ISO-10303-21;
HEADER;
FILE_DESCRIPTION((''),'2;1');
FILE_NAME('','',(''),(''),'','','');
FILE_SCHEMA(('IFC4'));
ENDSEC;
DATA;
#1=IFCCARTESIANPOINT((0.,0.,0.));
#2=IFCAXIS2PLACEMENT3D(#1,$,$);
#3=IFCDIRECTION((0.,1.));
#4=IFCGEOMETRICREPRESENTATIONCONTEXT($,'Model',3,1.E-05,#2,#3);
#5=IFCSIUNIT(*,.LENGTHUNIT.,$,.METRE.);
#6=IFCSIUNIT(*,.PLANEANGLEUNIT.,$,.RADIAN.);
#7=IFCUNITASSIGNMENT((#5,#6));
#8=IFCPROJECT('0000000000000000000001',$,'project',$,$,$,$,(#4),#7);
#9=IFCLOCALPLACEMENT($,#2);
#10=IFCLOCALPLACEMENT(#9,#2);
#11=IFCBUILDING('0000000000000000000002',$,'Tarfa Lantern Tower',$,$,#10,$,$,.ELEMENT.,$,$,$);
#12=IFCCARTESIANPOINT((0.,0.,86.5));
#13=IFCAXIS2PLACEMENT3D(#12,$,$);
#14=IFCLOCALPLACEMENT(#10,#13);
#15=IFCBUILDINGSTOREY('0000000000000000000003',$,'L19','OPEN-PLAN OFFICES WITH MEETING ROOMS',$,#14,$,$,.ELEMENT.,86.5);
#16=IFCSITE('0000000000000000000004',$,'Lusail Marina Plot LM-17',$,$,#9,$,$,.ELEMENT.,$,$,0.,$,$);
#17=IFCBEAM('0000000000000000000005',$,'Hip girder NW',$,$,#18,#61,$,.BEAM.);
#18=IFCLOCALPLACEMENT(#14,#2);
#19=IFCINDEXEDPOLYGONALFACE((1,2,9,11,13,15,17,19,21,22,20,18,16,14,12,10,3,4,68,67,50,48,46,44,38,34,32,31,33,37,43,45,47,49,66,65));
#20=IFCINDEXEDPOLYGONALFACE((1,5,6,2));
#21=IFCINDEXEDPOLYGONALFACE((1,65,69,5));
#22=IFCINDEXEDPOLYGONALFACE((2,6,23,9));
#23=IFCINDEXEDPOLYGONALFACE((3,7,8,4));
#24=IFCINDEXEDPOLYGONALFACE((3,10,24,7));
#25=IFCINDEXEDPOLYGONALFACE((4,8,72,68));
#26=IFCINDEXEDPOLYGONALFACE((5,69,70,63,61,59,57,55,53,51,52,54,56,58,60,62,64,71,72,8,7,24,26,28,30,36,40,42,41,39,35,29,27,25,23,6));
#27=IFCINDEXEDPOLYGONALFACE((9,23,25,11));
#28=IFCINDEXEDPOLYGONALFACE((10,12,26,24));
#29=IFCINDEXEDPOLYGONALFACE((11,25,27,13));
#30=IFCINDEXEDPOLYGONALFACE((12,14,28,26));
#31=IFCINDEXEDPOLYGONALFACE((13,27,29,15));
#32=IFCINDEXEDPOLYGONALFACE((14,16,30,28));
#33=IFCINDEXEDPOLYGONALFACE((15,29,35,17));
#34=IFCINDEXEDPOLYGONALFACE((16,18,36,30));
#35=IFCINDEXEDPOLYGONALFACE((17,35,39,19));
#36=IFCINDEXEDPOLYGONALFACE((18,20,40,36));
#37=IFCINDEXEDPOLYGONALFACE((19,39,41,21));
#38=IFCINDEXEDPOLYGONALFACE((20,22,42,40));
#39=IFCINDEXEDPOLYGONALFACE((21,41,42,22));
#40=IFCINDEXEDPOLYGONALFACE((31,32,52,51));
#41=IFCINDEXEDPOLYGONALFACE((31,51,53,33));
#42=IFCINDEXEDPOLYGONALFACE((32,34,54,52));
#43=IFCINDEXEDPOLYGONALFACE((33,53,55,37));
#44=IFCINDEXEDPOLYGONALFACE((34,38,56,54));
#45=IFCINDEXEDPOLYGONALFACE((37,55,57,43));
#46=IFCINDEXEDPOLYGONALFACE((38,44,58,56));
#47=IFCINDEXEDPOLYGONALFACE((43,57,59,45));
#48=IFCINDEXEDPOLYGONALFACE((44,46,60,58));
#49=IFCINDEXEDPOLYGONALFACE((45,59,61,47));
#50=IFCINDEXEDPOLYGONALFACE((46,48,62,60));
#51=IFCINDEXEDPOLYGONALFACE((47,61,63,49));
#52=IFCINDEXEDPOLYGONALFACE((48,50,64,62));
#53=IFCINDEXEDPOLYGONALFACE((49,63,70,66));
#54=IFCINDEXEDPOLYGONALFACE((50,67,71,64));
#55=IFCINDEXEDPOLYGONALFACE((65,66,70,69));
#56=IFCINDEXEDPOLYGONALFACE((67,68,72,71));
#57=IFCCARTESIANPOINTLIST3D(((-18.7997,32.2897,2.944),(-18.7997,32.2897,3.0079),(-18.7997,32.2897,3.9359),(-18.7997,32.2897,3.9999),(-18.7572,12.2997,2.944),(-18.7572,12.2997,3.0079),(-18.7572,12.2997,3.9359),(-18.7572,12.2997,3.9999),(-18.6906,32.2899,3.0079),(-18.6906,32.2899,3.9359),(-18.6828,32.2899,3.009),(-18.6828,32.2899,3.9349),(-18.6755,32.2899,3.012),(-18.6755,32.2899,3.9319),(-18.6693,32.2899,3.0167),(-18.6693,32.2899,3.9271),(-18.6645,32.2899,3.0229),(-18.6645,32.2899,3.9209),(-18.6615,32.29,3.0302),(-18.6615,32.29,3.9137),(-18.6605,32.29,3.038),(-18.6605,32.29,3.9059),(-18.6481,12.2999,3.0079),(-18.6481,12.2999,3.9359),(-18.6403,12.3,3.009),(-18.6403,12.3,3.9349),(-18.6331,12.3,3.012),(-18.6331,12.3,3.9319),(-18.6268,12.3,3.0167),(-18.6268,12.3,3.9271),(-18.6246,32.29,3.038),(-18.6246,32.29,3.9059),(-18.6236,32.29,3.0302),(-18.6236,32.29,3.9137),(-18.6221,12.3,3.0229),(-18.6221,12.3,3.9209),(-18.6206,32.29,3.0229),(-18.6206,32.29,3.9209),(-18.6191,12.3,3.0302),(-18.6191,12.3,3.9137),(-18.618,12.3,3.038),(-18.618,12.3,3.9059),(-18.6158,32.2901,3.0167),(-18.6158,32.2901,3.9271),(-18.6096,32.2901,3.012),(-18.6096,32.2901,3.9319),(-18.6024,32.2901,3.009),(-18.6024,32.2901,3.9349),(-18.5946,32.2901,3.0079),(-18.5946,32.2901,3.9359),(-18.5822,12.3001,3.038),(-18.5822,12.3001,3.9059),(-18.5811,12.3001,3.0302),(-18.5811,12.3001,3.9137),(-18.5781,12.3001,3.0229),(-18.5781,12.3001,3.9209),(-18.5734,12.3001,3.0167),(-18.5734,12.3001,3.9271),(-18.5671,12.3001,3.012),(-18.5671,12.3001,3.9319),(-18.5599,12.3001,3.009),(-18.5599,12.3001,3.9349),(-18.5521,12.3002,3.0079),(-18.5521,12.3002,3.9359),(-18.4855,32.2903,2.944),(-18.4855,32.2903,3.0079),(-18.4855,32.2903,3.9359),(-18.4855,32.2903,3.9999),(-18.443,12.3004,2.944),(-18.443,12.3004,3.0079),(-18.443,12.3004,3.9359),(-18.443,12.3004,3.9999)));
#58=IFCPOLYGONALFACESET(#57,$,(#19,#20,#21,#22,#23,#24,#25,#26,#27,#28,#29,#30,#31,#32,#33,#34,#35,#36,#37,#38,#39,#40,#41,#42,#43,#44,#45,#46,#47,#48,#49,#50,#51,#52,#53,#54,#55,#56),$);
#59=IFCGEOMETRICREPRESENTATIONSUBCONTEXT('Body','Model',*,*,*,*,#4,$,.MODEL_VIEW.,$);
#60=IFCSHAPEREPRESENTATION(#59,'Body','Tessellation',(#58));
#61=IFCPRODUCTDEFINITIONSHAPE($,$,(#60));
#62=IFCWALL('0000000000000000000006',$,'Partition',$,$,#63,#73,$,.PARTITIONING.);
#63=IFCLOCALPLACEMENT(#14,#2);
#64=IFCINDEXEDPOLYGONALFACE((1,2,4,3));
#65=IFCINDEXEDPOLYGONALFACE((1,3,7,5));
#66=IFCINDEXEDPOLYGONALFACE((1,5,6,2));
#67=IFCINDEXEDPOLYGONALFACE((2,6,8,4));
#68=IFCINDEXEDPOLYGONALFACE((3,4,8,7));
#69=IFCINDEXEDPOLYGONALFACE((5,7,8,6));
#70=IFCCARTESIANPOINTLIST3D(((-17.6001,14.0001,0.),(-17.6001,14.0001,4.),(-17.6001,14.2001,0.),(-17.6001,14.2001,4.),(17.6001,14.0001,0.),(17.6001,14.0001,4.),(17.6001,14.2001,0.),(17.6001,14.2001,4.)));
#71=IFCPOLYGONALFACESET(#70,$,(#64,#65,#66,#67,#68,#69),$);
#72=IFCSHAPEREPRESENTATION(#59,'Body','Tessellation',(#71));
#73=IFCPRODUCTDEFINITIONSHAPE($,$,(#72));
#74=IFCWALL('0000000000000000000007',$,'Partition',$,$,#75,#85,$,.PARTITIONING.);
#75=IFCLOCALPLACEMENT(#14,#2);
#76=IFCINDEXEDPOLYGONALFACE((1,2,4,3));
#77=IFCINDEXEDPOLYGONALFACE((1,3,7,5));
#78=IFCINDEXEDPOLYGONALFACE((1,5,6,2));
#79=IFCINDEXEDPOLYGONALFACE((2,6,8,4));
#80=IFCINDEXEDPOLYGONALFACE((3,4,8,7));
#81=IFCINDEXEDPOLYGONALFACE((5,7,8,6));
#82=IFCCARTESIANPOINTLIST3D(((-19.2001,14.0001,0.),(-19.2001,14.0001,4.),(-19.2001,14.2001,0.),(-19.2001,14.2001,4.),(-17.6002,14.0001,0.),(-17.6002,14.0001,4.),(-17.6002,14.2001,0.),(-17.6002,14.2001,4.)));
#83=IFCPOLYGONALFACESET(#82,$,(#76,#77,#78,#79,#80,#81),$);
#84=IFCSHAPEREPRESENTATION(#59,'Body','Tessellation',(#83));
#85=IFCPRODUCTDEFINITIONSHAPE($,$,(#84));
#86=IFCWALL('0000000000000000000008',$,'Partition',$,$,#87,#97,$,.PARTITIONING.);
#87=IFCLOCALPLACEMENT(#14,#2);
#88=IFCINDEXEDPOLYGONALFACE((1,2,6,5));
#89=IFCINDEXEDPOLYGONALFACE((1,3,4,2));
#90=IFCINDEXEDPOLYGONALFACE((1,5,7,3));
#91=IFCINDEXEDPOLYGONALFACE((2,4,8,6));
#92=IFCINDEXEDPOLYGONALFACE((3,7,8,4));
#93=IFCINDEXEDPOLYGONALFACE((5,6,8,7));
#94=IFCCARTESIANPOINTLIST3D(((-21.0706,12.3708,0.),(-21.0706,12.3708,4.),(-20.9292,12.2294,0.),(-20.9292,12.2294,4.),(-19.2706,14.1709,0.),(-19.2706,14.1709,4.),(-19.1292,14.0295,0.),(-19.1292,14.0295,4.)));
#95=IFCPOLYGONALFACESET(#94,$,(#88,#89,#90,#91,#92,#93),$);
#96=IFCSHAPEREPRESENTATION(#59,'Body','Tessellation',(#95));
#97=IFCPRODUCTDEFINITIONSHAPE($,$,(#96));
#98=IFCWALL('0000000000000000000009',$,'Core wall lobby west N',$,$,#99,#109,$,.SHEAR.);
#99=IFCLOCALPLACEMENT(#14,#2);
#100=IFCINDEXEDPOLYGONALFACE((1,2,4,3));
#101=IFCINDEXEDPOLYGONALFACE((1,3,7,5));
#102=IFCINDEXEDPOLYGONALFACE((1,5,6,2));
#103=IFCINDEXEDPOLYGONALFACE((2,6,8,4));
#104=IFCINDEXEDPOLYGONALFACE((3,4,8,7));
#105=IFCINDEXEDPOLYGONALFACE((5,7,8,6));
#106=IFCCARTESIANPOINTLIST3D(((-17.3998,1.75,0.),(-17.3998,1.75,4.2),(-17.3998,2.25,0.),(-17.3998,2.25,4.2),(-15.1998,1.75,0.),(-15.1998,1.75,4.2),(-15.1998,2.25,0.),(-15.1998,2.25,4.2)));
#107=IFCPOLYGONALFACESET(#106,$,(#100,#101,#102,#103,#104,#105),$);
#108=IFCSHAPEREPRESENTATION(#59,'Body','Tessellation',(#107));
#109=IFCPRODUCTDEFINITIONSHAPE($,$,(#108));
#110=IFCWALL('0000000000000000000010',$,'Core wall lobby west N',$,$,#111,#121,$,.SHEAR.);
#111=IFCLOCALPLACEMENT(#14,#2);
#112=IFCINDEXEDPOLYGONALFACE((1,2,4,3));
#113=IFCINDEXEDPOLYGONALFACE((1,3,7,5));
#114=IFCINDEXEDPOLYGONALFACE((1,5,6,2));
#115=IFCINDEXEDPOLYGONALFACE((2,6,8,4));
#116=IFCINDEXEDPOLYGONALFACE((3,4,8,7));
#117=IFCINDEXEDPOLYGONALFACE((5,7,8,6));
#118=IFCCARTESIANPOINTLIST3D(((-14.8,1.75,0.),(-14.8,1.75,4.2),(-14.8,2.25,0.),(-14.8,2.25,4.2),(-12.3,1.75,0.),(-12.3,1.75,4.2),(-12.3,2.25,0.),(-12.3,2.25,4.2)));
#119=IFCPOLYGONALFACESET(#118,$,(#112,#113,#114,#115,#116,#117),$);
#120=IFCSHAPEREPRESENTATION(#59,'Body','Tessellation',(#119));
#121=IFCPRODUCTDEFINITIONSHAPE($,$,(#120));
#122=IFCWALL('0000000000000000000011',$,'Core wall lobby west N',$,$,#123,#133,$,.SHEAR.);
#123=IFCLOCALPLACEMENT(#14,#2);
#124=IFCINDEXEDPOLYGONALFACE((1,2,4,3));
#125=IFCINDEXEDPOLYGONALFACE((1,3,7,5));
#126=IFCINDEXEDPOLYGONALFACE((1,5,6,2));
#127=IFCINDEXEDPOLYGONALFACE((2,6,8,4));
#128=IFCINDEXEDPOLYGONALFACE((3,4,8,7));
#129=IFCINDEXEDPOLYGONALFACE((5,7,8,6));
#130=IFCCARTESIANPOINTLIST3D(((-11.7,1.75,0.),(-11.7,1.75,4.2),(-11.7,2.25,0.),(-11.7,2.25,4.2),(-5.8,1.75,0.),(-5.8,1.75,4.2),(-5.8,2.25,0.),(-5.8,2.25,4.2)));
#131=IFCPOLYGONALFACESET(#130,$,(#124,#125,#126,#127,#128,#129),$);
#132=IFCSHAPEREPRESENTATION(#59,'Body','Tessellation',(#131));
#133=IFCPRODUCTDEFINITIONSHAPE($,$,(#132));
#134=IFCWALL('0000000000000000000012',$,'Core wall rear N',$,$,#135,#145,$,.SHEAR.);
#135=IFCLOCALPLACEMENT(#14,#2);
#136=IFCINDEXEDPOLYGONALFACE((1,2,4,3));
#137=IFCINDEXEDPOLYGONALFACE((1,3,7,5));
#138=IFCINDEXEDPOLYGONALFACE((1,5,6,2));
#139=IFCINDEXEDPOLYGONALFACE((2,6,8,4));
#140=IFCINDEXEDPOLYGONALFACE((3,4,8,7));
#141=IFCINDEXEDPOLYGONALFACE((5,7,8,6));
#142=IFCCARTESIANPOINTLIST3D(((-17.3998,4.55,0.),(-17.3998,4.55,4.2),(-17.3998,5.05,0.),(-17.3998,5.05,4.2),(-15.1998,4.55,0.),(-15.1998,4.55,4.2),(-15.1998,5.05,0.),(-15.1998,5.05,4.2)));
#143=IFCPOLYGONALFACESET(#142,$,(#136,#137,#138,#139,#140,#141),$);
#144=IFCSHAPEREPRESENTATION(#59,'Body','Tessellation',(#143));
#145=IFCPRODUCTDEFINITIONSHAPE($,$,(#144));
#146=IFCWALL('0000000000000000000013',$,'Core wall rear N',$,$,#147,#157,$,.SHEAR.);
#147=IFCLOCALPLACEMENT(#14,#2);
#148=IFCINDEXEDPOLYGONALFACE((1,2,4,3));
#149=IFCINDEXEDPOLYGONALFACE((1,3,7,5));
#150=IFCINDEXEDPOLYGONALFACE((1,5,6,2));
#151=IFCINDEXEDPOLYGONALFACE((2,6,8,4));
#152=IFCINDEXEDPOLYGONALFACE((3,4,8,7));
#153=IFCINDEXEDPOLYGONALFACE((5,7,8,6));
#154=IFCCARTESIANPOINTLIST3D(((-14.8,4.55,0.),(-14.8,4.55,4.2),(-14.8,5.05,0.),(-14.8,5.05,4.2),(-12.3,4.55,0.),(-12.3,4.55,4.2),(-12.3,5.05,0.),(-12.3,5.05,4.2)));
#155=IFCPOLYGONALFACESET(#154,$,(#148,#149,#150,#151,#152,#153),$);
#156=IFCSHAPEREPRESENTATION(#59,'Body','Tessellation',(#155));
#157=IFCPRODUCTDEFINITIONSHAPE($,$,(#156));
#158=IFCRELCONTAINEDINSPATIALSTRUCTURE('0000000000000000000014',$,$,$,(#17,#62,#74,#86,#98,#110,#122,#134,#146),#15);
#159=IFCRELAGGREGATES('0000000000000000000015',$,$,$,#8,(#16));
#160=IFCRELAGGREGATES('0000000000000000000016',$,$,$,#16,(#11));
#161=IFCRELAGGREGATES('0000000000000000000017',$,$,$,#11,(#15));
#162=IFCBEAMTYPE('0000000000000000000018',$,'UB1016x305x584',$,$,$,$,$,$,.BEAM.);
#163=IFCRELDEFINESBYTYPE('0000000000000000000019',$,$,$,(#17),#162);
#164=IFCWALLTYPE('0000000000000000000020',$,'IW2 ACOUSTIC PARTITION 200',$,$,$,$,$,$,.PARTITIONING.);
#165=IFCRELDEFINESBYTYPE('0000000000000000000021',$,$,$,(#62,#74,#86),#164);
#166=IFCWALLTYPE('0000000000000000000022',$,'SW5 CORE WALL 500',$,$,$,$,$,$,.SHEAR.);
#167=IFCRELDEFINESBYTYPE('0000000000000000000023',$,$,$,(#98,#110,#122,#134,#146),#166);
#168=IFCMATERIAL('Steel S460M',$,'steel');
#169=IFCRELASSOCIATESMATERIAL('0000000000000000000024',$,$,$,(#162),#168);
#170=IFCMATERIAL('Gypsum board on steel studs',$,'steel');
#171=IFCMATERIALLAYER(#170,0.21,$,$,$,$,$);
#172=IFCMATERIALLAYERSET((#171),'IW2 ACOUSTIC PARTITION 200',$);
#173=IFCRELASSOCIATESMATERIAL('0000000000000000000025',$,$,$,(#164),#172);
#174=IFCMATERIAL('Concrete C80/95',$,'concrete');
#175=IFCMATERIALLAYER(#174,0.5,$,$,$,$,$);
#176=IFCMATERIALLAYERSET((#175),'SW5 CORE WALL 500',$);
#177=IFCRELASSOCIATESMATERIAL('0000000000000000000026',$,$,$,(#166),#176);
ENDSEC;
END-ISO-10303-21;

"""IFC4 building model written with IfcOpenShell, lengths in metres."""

from ifc_helpers import new_model, si_unit, direction, frame, frame_2d, origin, origin_2d, place, context, subcontext, project, spatial, rectangle, i_section, extrude, material, layer, layer_set, material_profile, profile_set, type_object, element, save


model = new_model("IFC4")

# Units and contexts
model_context = context("Model", 3, precision=1e-05, world=origin(), true_north=direction((0.0, 1.0)))
body_context = subcontext(model_context, "Body", "Model", "MODEL_VIEW")
ifc_project = project(units=[si_unit("LENGTHUNIT", "METRE"), si_unit("PLANEANGLEUNIT", "RADIAN")], contexts=[model_context])

# Site, building, storey
site_placement = place(None, origin())
site = spatial("IfcSite", under=ifc_project, at=site_placement, Name="Lusail Marina Plot LM-17", CompositionType="ELEMENT", RefElevation=0.0)
building_placement = place(site_placement, origin())
building = spatial("IfcBuilding", under=site, at=building_placement, Name="Tarfa Lantern Tower", CompositionType="ELEMENT")
storey_placement = place(building_placement, frame((0.0, 0.0, 86.5)))
storey = spatial("IfcBuildingStorey", under=building, at=storey_placement, Name="L19", Description="OPEN-PLAN OFFICES WITH MEETING ROOMS", CompositionType="ELEMENT", Elevation=86.5)

# Beam
ifc_material_1 = material(Name="Steel S460M", Category="steel")
ifc_material_profile = material_profile(ifc_material_1, i_section(OverallWidth=0.3142, OverallDepth=1.0559, WebThickness=0.0359, FlangeThickness=0.064, FilletRadius=0.03, at=origin_2d()), Name="UB1016x305x584")
ifc_profile_set = profile_set([ifc_material_profile], Name="Steel S460M")
beam_type = type_object("IfcBeamType", Name="UB1016x305x584", PredefinedType="BEAM", material=ifc_profile_set)
beam_placement = place(storey_placement, frame((-18.6001, 12.3, 3.4719), z_axis=(-0.002125, 0.999998, 0.0), x_axis=(-0.999998, -0.002125, 0.0)))
element("IfcBeam", 1, at=beam_placement, inside=storey, type_object=beam_type, Name="Hip girder NW", PredefinedType="BEAM", context=body_context, shape_type="SweptSolid", body=[
    extrude(i_section(OverallWidth=0.3142, OverallDepth=1.0559, WebThickness=0.0359, FlangeThickness=0.064, FilletRadius=0.03, at=origin_2d()), origin(), (0.0, 0.0, 1.0), 19.99),
])

# Walls
ifc_material_2 = material(Name="Gypsum board on steel studs", Category="steel")
ifc_layer_1 = layer(ifc_material_2, 0.21)
ifc_layer_set_1 = layer_set([ifc_layer_1], Name="IW2 ACOUSTIC PARTITION 200")
wall_type_1 = type_object("IfcWallType", Name="IW2 ACOUSTIC PARTITION 200", PredefinedType="PARTITIONING", material=ifc_layer_set_1)
wall_1_placement = place(storey_placement, frame((-17.6001, 14.1001, 0.0), z_axis=(0.0, 0.0, 1.0), x_axis=(1.0, 0.0, 0.0)))
element("IfcWall", 2, at=wall_1_placement, inside=storey, type_object=wall_type_1, Name="Partition", PredefinedType="PARTITIONING", context=body_context, shape_type="SweptSolid", body=[
    extrude(rectangle(XDim=35.2002, YDim=0.2, at=frame_2d((17.6001, 0.0))), origin(), (0.0, 0.0, 1.0), 4.0),
])
wall_2_placement = place(storey_placement, frame((-19.2, 14.1001, 0.0), z_axis=(0.0, 0.0, 1.0), x_axis=(1.0, 0.0, 0.0)))
element("IfcWall", 3, at=wall_2_placement, inside=storey, type_object=wall_type_1, Name="Partition", PredefinedType="PARTITIONING", context=body_context, shape_type="SweptSolid", body=[
    extrude(rectangle(XDim=1.5999, YDim=0.2, at=frame_2d((0.7998, 0.0))), origin(), (0.0, 0.0, 1.0), 4.0),
])
wall_3_placement = place(storey_placement, frame((-21.0, 12.3, 0.0), z_axis=(0.0, 0.0, 1.0), x_axis=(0.707107, 0.707107, 0.0)))
element("IfcWall", 4, at=wall_3_placement, inside=storey, type_object=wall_type_1, Name="Partition", PredefinedType="PARTITIONING", context=body_context, shape_type="SweptSolid", body=[
    extrude(rectangle(XDim=2.5457, YDim=0.2, at=frame_2d((1.2729, 0.0))), origin(), (0.0, 0.0, 1.0), 4.0),
])

# Shared definitions
ifc_material_3 = material(Name="Concrete C80/95", Category="concrete")

# Walls
ifc_layer_2 = layer(ifc_material_3, 0.5)
ifc_layer_set_2 = layer_set([ifc_layer_2], Name="SW5 CORE WALL 500")
wall_type_2 = type_object("IfcWallType", Name="SW5 CORE WALL 500", PredefinedType="SHEAR", material=ifc_layer_set_2)
wall_4_placement = place(storey_placement, frame((-17.3999, 2.0, 0.0), z_axis=(0.0, 0.0, 1.0), x_axis=(1.0, 0.0, 0.0)))
element("IfcWall", 5, at=wall_4_placement, inside=storey, type_object=wall_type_2, Name="Core wall lobby west N", PredefinedType="SHEAR", context=body_context, shape_type="SweptSolid", body=[
    extrude(rectangle(XDim=2.2, YDim=0.5, at=frame_2d((1.1001, 0.0))), origin(), (0.0, 0.0, 1.0), 4.2),
])
wall_5_placement = place(storey_placement, frame((-14.8, 2.0, 0.0), z_axis=(0.0, 0.0, 1.0), x_axis=(1.0, 0.0, 0.0)))
element("IfcWall", 6, at=wall_5_placement, inside=storey, type_object=wall_type_2, Name="Core wall lobby west N", PredefinedType="SHEAR", context=body_context, shape_type="SweptSolid", body=[
    extrude(rectangle(XDim=2.5, YDim=0.5, at=frame_2d((1.25, 0.0))), origin(), (0.0, 0.0, 1.0), 4.2),
])
wall_6_placement = place(storey_placement, frame((-11.7, 2.0, 0.0), z_axis=(0.0, 0.0, 1.0), x_axis=(1.0, 0.0, 0.0)))
element("IfcWall", 7, at=wall_6_placement, inside=storey, type_object=wall_type_2, Name="Core wall lobby west N", PredefinedType="SHEAR", context=body_context, shape_type="SweptSolid", body=[
    extrude(rectangle(XDim=5.8999, YDim=0.5, at=frame_2d((2.95, 0.0))), origin(), (0.0, 0.0, 1.0), 4.2),
])
wall_7_placement = place(storey_placement, frame((-17.3999, 4.8, 0.0), z_axis=(0.0, 0.0, 1.0), x_axis=(1.0, 0.0, 0.0)))
element("IfcWall", 8, at=wall_7_placement, inside=storey, type_object=wall_type_2, Name="Core wall rear N", PredefinedType="SHEAR", context=body_context, shape_type="SweptSolid", body=[
    extrude(rectangle(XDim=2.2, YDim=0.5, at=frame_2d((1.1001, 0.0))), origin(), (0.0, 0.0, 1.0), 4.2),
])
wall_8_placement = place(storey_placement, frame((-14.8, 4.8, 0.0), z_axis=(0.0, 0.0, 1.0), x_axis=(1.0, 0.0, 0.0)))
element("IfcWall", 9, at=wall_8_placement, inside=storey, type_object=wall_type_2, Name="Core wall rear N", PredefinedType="SHEAR", context=body_context, shape_type="SweptSolid", body=[
    extrude(rectangle(XDim=2.5, YDim=0.5, at=frame_2d((1.25, 0.0))), origin(), (0.0, 0.0, 1.0), 4.2),
])

save(model, "model.ifc")
